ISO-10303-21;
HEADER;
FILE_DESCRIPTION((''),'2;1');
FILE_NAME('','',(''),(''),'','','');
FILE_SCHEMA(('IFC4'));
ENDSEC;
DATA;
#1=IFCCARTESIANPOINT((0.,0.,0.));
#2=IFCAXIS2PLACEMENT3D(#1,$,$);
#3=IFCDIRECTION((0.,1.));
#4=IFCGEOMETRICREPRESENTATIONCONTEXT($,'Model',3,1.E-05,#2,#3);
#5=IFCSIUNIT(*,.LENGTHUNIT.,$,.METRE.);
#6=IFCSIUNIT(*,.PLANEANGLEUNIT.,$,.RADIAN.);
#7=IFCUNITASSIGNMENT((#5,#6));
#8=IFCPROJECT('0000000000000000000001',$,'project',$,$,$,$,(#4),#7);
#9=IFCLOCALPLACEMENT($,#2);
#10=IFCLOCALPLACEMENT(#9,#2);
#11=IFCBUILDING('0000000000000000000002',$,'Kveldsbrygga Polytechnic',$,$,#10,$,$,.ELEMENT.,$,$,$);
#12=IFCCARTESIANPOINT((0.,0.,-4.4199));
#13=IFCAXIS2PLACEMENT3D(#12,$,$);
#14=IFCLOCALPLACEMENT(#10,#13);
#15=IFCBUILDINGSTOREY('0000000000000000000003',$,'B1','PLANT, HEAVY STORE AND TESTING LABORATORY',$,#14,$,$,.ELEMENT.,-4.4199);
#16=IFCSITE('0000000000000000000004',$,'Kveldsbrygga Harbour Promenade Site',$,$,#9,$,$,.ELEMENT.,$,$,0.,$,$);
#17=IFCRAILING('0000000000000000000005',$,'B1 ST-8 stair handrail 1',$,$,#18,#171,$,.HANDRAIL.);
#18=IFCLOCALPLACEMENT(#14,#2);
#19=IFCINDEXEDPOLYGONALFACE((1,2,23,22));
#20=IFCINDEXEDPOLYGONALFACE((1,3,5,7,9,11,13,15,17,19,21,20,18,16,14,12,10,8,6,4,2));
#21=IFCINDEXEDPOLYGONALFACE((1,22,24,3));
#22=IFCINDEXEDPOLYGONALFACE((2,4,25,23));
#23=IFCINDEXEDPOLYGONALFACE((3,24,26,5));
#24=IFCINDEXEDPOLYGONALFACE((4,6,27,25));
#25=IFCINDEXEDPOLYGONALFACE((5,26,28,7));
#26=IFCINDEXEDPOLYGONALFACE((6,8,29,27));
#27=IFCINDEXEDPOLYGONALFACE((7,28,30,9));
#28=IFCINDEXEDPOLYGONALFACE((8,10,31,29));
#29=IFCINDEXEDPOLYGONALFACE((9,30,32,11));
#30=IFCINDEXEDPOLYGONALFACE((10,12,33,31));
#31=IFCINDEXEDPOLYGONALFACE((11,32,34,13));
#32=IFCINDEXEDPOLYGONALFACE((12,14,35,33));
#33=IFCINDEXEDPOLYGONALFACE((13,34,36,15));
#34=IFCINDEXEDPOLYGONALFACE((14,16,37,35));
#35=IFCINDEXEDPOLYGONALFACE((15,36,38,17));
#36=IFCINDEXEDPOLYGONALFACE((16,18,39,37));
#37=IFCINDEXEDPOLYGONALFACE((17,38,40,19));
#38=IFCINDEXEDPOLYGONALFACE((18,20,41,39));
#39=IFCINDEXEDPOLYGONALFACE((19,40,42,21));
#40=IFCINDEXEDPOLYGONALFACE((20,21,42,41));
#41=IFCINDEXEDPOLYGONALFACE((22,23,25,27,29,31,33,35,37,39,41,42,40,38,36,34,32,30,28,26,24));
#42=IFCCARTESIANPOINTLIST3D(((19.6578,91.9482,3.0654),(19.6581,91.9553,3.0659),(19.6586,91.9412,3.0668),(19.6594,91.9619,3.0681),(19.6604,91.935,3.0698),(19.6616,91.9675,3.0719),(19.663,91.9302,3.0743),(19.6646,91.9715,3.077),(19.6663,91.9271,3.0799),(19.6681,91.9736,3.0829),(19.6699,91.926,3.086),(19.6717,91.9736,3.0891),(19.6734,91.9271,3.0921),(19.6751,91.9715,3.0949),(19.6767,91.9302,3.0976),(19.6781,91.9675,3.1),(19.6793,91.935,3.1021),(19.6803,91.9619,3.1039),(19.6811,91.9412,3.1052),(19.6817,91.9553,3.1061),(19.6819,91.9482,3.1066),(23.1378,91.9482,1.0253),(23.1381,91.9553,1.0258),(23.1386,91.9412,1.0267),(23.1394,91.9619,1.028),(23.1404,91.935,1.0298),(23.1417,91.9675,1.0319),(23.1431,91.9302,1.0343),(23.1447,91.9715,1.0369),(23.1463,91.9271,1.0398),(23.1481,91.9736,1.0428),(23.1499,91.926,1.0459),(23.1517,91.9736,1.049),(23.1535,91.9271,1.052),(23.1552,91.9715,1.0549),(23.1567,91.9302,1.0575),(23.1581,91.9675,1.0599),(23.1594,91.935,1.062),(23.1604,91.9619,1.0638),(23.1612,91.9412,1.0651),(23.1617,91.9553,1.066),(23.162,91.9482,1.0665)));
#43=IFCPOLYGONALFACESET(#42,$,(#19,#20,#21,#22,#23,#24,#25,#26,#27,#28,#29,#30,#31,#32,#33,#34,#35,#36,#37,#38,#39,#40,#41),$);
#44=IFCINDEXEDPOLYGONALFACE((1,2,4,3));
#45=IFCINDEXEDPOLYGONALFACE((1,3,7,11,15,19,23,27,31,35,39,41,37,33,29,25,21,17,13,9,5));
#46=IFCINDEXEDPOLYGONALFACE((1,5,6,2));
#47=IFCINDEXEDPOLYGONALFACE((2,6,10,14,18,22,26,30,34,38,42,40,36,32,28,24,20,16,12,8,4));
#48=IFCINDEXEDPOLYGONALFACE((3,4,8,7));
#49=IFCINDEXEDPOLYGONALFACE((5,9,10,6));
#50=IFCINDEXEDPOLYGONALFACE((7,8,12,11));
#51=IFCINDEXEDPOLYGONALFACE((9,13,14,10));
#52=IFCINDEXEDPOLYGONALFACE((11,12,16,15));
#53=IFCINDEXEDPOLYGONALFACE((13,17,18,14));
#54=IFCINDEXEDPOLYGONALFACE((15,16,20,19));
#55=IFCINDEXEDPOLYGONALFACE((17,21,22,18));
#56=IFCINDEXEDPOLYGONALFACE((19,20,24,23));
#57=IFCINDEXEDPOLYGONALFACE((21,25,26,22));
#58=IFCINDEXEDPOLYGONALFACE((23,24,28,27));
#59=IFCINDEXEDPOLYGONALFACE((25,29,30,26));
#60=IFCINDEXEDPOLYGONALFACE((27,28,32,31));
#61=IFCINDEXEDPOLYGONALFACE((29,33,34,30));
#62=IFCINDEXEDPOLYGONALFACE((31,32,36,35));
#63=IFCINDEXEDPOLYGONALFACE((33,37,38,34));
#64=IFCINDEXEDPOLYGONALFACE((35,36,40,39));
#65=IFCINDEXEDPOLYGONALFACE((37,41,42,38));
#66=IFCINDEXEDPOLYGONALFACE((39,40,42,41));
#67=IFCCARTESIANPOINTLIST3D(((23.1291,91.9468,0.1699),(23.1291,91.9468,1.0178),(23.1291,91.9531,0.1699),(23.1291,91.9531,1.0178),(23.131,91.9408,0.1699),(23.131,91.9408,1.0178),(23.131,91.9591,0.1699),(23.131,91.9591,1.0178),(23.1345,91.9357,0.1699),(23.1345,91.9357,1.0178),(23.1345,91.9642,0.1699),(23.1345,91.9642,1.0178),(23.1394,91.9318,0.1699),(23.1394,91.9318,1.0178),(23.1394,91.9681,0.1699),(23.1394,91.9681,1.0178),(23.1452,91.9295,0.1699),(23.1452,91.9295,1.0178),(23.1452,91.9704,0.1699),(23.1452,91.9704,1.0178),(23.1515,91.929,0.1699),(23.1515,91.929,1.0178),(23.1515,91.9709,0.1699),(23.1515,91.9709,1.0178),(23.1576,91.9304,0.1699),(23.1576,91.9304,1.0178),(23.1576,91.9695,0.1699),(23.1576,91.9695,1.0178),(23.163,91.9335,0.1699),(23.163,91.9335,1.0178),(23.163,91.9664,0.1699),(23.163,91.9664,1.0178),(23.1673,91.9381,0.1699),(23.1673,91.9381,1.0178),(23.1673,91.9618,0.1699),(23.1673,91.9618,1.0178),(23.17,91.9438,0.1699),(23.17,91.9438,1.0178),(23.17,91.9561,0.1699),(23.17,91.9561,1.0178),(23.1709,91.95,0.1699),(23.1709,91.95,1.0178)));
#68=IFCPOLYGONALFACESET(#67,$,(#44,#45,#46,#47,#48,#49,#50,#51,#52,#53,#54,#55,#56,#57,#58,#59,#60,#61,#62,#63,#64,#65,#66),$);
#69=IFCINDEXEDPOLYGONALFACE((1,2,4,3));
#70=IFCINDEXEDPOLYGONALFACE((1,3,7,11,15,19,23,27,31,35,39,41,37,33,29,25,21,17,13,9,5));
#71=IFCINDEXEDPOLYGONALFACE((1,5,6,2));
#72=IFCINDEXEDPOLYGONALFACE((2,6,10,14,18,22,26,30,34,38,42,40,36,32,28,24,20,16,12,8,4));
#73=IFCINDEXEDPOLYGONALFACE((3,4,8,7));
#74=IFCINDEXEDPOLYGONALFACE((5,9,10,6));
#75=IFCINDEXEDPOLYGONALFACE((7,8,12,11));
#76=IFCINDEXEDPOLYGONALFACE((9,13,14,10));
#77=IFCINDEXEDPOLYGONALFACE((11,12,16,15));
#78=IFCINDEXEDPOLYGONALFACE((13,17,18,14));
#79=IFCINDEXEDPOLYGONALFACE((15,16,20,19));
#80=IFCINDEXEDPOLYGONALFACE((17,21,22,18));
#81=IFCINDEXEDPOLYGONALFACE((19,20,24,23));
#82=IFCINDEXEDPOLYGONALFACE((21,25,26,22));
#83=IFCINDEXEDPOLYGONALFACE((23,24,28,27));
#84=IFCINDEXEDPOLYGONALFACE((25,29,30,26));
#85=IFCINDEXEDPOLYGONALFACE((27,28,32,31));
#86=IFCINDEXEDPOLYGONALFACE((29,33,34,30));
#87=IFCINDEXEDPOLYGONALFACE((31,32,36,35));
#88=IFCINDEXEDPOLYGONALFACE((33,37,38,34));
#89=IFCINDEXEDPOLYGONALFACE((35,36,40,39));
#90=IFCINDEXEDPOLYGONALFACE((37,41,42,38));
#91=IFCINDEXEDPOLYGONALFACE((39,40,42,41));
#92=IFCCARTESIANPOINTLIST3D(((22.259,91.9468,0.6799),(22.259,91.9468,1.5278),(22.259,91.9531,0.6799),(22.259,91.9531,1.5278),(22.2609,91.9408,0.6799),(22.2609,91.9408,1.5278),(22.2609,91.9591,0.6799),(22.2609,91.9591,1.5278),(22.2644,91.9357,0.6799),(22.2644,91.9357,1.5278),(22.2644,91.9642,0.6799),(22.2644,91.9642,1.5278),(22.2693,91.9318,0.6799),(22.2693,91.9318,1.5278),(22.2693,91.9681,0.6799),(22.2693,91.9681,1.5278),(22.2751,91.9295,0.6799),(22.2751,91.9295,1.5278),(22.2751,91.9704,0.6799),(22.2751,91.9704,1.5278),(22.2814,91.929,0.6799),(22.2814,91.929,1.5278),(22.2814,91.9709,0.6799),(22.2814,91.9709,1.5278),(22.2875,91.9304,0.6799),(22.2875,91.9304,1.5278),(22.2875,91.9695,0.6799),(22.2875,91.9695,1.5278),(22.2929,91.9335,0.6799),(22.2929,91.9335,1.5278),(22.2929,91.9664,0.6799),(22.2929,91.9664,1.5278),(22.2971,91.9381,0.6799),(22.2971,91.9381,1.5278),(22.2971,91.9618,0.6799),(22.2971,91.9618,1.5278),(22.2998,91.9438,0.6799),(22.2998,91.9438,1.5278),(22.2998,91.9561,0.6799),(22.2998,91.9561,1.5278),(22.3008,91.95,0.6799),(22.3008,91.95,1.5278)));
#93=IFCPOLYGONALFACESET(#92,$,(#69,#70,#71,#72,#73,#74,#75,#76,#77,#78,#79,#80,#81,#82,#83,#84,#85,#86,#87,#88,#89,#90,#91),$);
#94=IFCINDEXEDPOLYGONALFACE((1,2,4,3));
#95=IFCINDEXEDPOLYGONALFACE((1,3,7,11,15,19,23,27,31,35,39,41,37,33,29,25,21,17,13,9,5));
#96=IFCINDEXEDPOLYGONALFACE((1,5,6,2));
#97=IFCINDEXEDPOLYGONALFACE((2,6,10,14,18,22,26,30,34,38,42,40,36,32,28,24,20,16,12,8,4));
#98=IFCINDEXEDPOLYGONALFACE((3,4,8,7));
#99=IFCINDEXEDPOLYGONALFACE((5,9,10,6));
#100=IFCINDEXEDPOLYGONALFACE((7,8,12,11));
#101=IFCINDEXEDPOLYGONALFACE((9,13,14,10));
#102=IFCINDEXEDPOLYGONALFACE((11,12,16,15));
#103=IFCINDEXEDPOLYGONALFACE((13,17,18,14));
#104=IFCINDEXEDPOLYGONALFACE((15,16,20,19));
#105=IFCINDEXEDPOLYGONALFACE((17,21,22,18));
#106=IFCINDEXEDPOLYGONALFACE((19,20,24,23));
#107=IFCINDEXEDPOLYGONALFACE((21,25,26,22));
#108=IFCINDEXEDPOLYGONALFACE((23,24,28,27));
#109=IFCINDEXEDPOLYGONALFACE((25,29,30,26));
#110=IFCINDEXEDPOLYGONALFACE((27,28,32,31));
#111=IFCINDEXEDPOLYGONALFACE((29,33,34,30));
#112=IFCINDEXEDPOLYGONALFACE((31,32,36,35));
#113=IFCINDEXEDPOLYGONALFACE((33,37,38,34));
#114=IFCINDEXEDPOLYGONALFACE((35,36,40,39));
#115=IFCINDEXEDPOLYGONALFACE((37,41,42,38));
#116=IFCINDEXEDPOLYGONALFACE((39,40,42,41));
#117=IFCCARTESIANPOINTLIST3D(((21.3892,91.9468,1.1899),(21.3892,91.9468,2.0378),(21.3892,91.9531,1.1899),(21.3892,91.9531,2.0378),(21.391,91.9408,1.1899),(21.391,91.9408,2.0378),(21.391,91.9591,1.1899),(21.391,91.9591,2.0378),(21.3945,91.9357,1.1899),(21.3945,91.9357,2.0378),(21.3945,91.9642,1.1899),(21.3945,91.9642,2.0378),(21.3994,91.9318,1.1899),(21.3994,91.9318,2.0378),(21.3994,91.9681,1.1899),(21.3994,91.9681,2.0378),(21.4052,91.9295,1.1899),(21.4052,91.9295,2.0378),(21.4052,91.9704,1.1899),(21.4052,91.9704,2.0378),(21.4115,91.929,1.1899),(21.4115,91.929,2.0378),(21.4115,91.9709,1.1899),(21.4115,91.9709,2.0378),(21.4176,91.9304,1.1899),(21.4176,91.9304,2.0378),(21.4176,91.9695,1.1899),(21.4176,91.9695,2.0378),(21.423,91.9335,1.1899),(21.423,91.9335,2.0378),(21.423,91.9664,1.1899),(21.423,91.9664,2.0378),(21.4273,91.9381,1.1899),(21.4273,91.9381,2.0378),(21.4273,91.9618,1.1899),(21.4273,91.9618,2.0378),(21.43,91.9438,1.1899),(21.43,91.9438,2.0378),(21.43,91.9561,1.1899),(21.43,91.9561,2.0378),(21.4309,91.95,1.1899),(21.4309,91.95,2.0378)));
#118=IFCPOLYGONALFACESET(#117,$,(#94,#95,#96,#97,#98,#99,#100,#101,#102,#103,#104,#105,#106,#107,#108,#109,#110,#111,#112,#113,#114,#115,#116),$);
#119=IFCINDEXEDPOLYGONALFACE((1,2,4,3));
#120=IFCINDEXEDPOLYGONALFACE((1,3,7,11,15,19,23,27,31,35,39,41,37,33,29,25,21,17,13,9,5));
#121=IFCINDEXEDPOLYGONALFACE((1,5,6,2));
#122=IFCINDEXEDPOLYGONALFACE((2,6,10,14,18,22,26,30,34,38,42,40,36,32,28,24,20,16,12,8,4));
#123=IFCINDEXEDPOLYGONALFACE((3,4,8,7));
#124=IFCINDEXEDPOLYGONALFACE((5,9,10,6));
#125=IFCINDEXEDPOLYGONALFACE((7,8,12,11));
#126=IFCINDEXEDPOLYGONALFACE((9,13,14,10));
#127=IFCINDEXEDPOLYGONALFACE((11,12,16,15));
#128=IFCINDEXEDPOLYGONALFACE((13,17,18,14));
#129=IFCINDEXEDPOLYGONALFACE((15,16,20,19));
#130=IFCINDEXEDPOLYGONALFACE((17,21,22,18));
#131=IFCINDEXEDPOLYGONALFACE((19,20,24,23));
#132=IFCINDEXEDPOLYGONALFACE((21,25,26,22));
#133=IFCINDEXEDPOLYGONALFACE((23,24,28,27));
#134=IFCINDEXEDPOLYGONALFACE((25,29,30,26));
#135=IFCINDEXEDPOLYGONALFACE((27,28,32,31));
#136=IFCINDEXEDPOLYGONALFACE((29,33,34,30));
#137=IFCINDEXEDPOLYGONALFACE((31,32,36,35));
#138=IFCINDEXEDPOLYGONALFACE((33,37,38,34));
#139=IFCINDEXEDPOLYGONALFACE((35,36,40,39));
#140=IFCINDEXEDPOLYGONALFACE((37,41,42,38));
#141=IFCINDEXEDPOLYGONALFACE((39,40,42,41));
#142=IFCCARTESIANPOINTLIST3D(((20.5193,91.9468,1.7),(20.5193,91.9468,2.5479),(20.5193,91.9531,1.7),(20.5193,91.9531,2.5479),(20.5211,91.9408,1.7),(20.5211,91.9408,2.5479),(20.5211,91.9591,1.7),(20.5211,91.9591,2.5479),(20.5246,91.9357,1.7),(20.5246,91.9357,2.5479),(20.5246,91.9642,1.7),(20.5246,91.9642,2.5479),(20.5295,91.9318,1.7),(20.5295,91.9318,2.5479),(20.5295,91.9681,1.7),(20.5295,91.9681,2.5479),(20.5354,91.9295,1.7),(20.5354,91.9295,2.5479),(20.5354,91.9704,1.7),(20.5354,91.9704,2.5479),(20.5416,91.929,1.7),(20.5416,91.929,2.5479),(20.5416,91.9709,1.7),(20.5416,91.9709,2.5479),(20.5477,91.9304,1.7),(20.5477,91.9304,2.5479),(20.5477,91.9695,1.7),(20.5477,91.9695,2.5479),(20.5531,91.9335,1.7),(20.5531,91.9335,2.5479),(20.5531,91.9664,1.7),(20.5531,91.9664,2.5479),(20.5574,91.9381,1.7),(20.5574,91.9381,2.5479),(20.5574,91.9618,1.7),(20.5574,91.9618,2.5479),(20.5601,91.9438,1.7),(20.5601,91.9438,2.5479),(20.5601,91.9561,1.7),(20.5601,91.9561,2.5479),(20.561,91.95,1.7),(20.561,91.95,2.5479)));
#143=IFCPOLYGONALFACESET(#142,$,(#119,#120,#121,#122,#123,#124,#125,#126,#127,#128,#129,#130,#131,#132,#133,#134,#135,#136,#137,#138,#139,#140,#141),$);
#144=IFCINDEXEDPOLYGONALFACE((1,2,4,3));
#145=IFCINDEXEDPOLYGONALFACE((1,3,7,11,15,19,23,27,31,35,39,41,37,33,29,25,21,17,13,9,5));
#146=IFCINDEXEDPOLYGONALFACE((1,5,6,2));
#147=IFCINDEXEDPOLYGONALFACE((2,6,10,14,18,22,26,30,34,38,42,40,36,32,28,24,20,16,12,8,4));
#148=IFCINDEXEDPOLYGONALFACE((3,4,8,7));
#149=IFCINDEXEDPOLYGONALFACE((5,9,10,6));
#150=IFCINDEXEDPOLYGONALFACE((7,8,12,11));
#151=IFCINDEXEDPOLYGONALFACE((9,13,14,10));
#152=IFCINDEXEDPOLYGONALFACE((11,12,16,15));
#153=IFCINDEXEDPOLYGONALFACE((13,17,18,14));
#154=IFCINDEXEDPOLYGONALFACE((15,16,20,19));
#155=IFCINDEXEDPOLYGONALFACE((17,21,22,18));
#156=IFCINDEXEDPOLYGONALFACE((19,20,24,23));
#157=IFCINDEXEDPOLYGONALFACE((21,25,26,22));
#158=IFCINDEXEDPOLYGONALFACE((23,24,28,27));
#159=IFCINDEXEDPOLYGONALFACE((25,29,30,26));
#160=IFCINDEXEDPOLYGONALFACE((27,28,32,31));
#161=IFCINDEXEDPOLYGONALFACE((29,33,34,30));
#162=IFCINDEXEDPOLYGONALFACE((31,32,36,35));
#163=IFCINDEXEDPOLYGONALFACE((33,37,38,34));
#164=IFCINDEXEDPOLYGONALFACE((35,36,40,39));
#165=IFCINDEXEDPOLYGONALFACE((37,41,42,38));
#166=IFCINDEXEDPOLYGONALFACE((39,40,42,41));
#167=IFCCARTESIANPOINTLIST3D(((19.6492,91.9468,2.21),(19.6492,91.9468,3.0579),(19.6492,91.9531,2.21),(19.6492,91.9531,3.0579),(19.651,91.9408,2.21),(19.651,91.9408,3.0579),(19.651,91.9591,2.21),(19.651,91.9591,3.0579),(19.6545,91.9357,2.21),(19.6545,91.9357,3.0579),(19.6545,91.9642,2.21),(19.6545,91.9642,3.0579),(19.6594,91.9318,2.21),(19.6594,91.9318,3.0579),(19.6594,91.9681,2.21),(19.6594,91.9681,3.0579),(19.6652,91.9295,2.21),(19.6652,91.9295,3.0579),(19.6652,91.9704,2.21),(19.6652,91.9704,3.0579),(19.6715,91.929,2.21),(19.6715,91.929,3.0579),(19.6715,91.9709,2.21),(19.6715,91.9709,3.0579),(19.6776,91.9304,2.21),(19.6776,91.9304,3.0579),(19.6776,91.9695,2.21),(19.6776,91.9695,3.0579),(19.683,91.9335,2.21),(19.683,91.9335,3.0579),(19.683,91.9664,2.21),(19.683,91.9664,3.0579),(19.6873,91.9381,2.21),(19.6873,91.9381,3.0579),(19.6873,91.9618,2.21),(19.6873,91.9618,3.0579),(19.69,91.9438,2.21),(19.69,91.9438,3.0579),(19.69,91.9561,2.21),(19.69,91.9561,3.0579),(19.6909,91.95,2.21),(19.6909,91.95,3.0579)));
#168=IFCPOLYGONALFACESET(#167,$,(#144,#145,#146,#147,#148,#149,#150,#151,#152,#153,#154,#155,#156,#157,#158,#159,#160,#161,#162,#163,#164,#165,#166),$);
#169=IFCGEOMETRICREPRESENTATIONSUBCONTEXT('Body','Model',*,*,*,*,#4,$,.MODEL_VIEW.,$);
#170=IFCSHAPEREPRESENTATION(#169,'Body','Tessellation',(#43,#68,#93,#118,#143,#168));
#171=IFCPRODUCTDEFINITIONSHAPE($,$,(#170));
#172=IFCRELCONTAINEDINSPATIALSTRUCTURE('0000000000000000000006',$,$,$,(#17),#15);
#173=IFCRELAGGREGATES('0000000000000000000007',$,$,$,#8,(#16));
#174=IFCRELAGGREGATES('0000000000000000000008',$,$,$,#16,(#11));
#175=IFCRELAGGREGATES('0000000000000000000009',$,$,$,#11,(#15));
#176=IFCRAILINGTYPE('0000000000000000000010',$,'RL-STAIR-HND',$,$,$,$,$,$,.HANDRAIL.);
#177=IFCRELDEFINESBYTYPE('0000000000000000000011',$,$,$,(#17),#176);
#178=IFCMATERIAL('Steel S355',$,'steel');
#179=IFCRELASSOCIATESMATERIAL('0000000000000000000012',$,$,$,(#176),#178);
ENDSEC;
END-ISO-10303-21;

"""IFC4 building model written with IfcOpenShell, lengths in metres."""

from ifc_helpers import new_model, si_unit, direction, frame, origin, origin_2d, place, context, subcontext, project, spatial, circle, extrude, material, type_object, element, save


model = new_model("IFC4")

# Units and contexts
model_context = context("Model", 3, precision=1e-05, world=origin(), true_north=direction((0.0, 1.0)))
body_context = subcontext(model_context, "Body", "Model", "MODEL_VIEW")
ifc_project = project(units=[si_unit("LENGTHUNIT", "METRE"), si_unit("PLANEANGLEUNIT", "RADIAN")], contexts=[model_context])

# Site, building, storey
site_placement = place(None, origin())
site = spatial("IfcSite", under=ifc_project, at=site_placement, Name="Kveldsbrygga Harbour Promenade Site", CompositionType="ELEMENT", RefElevation=0.0)
building_placement = place(site_placement, origin())
building = spatial("IfcBuilding", under=site, at=building_placement, Name="Kveldsbrygga Polytechnic", CompositionType="ELEMENT")
storey_placement = place(building_placement, frame((0.0, 0.0, -4.4199)))
storey = spatial("IfcBuildingStorey", under=building, at=storey_placement, Name="B1", Description="PLANT, HEAVY STORE AND TESTING LABORATORY", CompositionType="ELEMENT", Elevation=-4.4199)

# Railing
ifc_material_1 = material(Name="Steel S355", Category="steel")
railing_type_1 = type_object("IfcRailingType", Name="RL-STAIR-HND", PredefinedType="HANDRAIL", material=ifc_material_1)
railing_1_placement = place(storey_placement, frame((23.1499, 91.95, 0.1699)))
element("IfcRailing", 1, at=railing_1_placement, inside=storey, type_object=railing_type_1, Name="B1 ST-8 stair handrail 1", PredefinedType="HANDRAIL", context=body_context, shape_type="SweptSolid", body=[
    extrude(circle(Radius=0.0239, at=origin_2d()), frame((0.0, 0.0, 0.876), z_axis=(-0.862693, 0.0, 0.505729), x_axis=(0.0, -1.0, 0.0)), (0.0, 0.0, 1.0), 4.0339),
    extrude(circle(Radius=0.021, at=origin_2d()), origin(), (0.0, 0.0, 1.0), 0.8479),
    extrude(circle(Radius=0.021, at=origin_2d()), frame((-0.8701, 0.0, 0.51)), (0.0, 0.0, 1.0), 0.8479),
    extrude(circle(Radius=0.021, at=origin_2d()), frame((-1.74, 0.0, 1.02)), (0.0, 0.0, 1.0), 0.8479),
    extrude(circle(Radius=0.021, at=origin_2d()), frame((-2.6099, 0.0, 1.53)), (0.0, 0.0, 1.0), 0.8479),
    extrude(circle(Radius=0.021, at=origin_2d()), frame((-3.48, 0.0, 2.04)), (0.0, 0.0, 1.0), 0.8479),
])

save(model, "model.ifc")
